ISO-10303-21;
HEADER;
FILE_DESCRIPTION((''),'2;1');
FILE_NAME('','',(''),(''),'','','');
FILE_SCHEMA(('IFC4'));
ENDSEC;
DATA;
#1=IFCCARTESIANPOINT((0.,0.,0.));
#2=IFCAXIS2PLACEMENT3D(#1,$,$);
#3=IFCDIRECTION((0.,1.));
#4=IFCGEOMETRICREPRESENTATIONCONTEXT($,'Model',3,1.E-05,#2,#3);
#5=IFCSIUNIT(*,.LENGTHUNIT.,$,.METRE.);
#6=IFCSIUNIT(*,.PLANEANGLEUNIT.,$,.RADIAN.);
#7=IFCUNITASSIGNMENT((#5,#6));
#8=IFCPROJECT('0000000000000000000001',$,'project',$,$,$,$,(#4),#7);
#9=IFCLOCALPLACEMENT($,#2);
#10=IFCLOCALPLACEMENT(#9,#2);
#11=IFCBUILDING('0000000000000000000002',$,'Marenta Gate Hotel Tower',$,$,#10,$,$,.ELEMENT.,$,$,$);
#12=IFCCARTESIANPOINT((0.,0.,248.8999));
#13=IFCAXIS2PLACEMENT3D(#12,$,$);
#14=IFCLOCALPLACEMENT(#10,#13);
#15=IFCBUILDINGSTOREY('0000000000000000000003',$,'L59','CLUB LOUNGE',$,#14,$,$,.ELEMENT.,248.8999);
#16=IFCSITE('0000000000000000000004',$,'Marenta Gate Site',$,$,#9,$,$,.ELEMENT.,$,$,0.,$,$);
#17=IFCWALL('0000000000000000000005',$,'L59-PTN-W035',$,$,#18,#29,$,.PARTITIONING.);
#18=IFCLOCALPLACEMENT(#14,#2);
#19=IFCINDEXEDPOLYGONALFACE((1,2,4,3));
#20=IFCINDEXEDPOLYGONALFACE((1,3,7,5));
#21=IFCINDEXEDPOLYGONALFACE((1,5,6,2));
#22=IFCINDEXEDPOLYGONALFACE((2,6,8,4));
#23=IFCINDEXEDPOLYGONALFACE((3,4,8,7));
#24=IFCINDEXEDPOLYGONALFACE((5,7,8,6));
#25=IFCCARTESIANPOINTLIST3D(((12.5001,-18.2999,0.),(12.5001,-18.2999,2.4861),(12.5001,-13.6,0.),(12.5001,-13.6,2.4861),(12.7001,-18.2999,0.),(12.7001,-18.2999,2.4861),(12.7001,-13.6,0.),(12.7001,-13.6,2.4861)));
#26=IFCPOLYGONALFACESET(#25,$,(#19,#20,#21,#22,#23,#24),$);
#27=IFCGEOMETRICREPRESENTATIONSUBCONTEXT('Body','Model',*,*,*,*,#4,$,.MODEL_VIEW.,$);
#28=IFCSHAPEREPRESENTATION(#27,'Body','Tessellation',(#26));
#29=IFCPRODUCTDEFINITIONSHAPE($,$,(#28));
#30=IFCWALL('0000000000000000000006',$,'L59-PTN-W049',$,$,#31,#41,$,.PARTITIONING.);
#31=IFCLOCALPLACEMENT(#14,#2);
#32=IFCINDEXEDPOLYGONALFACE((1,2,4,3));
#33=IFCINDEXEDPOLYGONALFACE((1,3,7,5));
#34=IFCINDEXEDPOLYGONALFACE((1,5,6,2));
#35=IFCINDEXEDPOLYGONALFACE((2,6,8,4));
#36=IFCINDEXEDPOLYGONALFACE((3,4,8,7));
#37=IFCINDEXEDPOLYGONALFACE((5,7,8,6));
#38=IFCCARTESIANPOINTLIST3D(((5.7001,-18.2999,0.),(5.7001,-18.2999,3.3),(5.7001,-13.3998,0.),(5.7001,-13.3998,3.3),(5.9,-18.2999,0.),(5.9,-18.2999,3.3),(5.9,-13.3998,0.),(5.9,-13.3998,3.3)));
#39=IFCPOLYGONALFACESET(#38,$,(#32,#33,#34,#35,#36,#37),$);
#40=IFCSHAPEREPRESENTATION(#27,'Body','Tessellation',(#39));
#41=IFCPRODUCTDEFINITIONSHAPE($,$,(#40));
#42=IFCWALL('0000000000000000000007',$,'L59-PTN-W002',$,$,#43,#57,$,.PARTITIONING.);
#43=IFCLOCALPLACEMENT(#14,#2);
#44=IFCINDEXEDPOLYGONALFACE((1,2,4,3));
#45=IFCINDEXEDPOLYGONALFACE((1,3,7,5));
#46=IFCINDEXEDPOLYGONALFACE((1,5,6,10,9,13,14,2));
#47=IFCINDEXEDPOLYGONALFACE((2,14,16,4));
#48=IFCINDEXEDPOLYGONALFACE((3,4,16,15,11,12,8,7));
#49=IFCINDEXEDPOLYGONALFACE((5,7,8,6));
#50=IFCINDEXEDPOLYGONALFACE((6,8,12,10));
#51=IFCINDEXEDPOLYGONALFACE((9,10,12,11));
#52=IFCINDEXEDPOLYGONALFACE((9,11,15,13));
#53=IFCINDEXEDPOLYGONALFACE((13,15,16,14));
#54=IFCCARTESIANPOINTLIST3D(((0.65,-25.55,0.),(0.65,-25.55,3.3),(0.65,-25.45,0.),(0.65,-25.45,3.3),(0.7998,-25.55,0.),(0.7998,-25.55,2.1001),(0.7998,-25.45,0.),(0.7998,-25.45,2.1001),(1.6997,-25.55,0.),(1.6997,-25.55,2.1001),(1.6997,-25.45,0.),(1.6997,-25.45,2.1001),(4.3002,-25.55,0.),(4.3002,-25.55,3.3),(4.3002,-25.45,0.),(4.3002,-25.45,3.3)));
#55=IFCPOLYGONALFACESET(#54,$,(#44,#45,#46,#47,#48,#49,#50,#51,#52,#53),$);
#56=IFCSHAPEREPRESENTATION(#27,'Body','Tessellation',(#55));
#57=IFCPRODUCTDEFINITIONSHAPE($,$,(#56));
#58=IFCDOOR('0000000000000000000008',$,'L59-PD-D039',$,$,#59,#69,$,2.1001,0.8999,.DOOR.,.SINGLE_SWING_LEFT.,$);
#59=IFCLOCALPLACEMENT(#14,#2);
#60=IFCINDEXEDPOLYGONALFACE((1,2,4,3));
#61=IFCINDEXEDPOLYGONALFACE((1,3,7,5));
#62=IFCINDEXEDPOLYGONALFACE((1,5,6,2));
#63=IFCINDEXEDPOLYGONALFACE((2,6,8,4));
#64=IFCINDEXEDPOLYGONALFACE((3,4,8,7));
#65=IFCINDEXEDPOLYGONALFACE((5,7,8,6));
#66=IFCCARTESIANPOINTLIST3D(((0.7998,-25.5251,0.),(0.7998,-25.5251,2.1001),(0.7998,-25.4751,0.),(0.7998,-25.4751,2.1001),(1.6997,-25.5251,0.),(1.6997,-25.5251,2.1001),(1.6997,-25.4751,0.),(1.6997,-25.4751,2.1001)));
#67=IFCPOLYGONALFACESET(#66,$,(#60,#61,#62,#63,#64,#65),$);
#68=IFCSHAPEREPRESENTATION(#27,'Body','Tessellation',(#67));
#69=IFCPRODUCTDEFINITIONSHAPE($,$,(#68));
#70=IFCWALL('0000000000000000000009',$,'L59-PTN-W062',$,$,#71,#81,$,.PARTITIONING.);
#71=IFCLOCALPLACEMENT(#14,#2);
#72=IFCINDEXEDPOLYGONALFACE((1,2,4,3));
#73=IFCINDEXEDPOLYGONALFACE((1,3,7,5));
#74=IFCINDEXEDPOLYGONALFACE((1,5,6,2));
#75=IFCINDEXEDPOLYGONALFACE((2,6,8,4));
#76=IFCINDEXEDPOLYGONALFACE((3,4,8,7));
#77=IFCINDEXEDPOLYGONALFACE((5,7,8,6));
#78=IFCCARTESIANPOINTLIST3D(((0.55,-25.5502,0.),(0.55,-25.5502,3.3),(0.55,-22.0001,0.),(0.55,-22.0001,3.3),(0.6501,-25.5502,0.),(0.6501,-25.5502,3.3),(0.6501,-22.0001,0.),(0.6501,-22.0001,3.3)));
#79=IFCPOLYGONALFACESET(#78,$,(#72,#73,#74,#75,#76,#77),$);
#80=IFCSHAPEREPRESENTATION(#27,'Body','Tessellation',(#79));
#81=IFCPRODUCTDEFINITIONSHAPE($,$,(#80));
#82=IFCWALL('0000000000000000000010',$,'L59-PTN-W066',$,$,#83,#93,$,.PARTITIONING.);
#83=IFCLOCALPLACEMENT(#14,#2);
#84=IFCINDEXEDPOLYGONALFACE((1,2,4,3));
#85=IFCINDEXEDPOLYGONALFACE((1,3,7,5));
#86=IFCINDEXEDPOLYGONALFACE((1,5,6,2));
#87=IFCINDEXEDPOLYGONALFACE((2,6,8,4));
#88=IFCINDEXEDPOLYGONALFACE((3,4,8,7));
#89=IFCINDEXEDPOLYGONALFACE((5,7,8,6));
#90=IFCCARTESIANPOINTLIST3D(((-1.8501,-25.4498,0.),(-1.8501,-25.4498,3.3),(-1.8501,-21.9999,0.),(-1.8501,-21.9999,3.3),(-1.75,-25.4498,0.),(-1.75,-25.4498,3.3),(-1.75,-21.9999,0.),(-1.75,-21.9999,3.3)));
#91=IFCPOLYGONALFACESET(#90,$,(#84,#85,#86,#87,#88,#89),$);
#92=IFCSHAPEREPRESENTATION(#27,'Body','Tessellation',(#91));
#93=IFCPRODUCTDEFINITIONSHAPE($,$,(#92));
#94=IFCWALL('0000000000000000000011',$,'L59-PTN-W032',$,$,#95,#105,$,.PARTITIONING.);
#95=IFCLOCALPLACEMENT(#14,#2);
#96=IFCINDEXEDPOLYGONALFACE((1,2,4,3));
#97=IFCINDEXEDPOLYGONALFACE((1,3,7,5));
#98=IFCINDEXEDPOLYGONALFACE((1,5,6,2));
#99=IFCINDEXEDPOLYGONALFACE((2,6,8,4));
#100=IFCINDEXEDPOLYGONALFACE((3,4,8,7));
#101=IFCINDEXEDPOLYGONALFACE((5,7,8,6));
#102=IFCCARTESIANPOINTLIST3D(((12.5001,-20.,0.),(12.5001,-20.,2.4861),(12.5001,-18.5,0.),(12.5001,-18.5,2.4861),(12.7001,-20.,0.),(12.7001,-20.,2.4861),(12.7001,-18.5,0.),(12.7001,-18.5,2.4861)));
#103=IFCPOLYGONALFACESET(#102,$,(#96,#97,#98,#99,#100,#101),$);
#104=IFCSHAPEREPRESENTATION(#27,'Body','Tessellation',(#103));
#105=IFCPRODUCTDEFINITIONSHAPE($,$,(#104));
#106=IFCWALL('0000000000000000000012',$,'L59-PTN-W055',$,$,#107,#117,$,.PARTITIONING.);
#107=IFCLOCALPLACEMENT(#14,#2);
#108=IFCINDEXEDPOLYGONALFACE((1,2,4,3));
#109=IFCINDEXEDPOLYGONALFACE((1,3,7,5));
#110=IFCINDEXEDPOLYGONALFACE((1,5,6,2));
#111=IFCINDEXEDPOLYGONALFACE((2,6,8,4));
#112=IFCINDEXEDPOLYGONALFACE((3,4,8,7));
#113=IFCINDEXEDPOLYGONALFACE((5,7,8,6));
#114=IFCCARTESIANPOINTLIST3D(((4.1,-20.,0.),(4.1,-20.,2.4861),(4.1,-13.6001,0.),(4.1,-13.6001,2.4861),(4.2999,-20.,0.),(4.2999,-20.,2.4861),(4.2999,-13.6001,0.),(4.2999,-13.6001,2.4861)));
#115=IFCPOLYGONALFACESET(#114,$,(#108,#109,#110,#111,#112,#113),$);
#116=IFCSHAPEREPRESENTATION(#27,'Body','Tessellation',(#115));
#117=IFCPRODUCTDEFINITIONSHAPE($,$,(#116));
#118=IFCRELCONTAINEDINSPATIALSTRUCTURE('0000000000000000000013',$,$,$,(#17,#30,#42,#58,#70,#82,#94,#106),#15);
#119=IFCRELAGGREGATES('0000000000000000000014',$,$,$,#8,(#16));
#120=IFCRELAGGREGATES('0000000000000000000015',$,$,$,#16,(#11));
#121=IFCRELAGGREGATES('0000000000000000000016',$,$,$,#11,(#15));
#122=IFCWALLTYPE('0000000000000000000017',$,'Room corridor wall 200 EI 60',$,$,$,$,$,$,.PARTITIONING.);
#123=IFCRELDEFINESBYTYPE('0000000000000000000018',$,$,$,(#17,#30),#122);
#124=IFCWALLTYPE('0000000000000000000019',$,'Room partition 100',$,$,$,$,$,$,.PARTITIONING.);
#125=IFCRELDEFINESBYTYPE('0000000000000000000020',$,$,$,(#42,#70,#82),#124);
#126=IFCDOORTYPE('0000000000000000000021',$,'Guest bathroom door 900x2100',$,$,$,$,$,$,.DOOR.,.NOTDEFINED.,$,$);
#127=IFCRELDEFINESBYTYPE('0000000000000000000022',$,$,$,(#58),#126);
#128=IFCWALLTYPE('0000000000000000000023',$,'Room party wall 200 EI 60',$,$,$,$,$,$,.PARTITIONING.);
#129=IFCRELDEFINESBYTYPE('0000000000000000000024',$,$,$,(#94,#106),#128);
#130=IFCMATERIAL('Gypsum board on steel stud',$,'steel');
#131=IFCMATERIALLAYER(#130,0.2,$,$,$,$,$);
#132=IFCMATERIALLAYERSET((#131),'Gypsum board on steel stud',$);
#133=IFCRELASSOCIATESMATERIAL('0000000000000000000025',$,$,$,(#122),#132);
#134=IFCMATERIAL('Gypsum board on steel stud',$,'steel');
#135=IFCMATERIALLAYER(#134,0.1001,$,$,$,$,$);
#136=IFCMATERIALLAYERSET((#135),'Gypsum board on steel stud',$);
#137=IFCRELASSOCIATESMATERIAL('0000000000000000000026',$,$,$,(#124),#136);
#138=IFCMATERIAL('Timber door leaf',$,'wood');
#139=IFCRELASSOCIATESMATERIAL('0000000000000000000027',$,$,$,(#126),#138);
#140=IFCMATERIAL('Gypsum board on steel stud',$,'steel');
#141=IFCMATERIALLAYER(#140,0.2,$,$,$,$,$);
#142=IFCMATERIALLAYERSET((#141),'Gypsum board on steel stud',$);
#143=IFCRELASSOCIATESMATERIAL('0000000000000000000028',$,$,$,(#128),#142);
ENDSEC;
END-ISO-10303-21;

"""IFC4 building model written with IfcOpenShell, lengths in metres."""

from ifc_helpers import new_model, si_unit, direction, frame, frame_2d, origin, place, context, subcontext, project, spatial, rectangle, extrude, material, layer, layer_set, type_object, element, fill, save


model = new_model("IFC4")

# Units and contexts
model_context = context("Model", 3, precision=1e-05, world=origin(), true_north=direction((0.0, 1.0)))
body_context = subcontext(model_context, "Body", "Model", "MODEL_VIEW")
ifc_project = project(units=[si_unit("LENGTHUNIT", "METRE"), si_unit("PLANEANGLEUNIT", "RADIAN")], contexts=[model_context])

# Site, building, storey
site_placement = place(None, origin())
site = spatial("IfcSite", under=ifc_project, at=site_placement, Name="Marenta Gate Site", CompositionType="ELEMENT", RefElevation=0.0)
building_placement = place(site_placement, origin())
building = spatial("IfcBuilding", under=site, at=building_placement, Name="Marenta Gate Hotel Tower", CompositionType="ELEMENT")
storey_placement = place(building_placement, frame((0.0, 0.0, 248.8999)))
storey = spatial("IfcBuildingStorey", under=building, at=storey_placement, Name="L59", Description="CLUB LOUNGE", CompositionType="ELEMENT", Elevation=248.8999)

# Shared definitions
ifc_material_1 = material(Name="Gypsum board on steel stud", Category="steel")
ifc_layer_1 = layer(ifc_material_1, 0.2)
ifc_layer_set_1 = layer_set([ifc_layer_1], Name="Gypsum board on steel stud")
wall_type_1 = type_object("IfcWallType", Name="Room corridor wall 200 EI 60", PredefinedType="PARTITIONING", material=ifc_layer_set_1)

# Walls
wall_1_placement = place(storey_placement, frame((12.6001, -18.3, 0.0), z_axis=(0.0, 0.0, 1.0), x_axis=(0.0, 1.0, 0.0)))
element("IfcWall", 1, at=wall_1_placement, inside=storey, type_object=wall_type_1, Name="L59-PTN-W035", PredefinedType="PARTITIONING", context=body_context, shape_type="SweptSolid", body=[
    extrude(rectangle(XDim=4.7, YDim=0.2, at=frame_2d((2.3501, 0.0))), origin(), (0.0, 0.0, 1.0), 2.4861),
])
wall_2_placement = place(storey_placement, frame((5.8, -18.3, 0.0), z_axis=(0.0, 0.0, 1.0), x_axis=(0.0, 1.0, 0.0)))
element("IfcWall", 2, at=wall_2_placement, inside=storey, type_object=wall_type_1, Name="L59-PTN-W049", PredefinedType="PARTITIONING", context=body_context, shape_type="SweptSolid", body=[
    extrude(rectangle(XDim=4.9001, YDim=0.2, at=frame_2d((2.4502, 0.0))), origin(), (0.0, 0.0, 1.0), 3.3),
])

# Wall, opening, door
ifc_material_2 = material(Name="Gypsum board on steel stud", Category="steel")
ifc_layer_2 = layer(ifc_material_2, 0.1001)
ifc_layer_set_2 = layer_set([ifc_layer_2], Name="Gypsum board on steel stud")
wall_type_2 = type_object("IfcWallType", Name="Room partition 100", PredefinedType="PARTITIONING", material=ifc_layer_set_2)
wall_3_placement = place(storey_placement, frame((0.6499, -25.5, 0.0), z_axis=(0.0, 0.0, 1.0), x_axis=(1.0, 0.0, 0.0)))
wall_3 = element("IfcWall", 3, at=wall_3_placement, inside=storey, type_object=wall_type_2, Name="L59-PTN-W002", PredefinedType="PARTITIONING", context=body_context, shape_type="SweptSolid", body=[
    extrude(rectangle(XDim=3.6501, YDim=0.1001, at=frame_2d((1.8252, 0.0))), origin(), (0.0, 0.0, 1.0), 3.3),
])
opening_1_placement = place(wall_3_placement, frame((0.1499, 0.0, 0.0)))
opening_1 = element("IfcOpeningElement", 4, at=opening_1_placement, cuts=wall_3, PredefinedType="OPENING", context=body_context, shape_type="SweptSolid", body=[
    extrude(rectangle(XDim=0.8999, YDim=2.1001, at=frame_2d((0.45, 1.05))), frame((0.0, 0.05, 0.0), z_axis=(0.0, -1.0, 0.0), x_axis=(1.0, 0.0, 0.0)), (0.0, 0.0, 1.0), 0.1001),
])
ifc_material_3 = material(Name="Timber door leaf", Category="wood")
door_type_1 = type_object("IfcDoorType", Name="Guest bathroom door 900x2100", OperationType="NOTDEFINED", PredefinedType="DOOR", material=ifc_material_3)
door_1_placement = place(opening_1_placement, origin())
door_1 = element("IfcDoor", 5, at=door_1_placement, inside=storey, type_object=door_type_1, Name="L59-PD-D039", OperationType="SINGLE_SWING_LEFT", OverallHeight=2.1001, OverallWidth=0.8999, PredefinedType="DOOR", context=body_context, shape_type="SweptSolid", body=[
    extrude(rectangle(XDim=0.8999, YDim=2.1001, at=frame_2d((0.45, 1.05))), frame((0.0, 0.0249, 0.0), z_axis=(0.0, -1.0, 0.0), x_axis=(1.0, 0.0, 0.0)), (0.0, 0.0, 1.0), 0.05),
])
fill(opening_1, door_1)

# Walls
wall_4_placement = place(storey_placement, frame((0.6001, -25.55, 0.0), z_axis=(0.0, 0.0, 1.0), x_axis=(0.0, 1.0, 0.0)))
element("IfcWall", 6, at=wall_4_placement, inside=storey, type_object=wall_type_2, Name="L59-PTN-W062", PredefinedType="PARTITIONING", context=body_context, shape_type="SweptSolid", body=[
    extrude(rectangle(XDim=3.55, YDim=0.1001, at=frame_2d((1.7749, 0.0))), origin(), (0.0, 0.0, 1.0), 3.3),
])
wall_5_placement = place(storey_placement, frame((-1.8, -25.45, 0.0), z_axis=(0.0, 0.0, 1.0), x_axis=(0.0, 1.0, 0.0)))
element("IfcWall", 7, at=wall_5_placement, inside=storey, type_object=wall_type_2, Name="L59-PTN-W066", PredefinedType="PARTITIONING", context=body_context, shape_type="SweptSolid", body=[
    extrude(rectangle(XDim=3.45, YDim=0.1001, at=frame_2d((1.7251, 0.0))), origin(), (0.0, 0.0, 1.0), 3.3),
])
ifc_material_4 = material(Name="Gypsum board on steel stud", Category="steel")
ifc_layer_3 = layer(ifc_material_4, 0.2)
ifc_layer_set_3 = layer_set([ifc_layer_3], Name="Gypsum board on steel stud")
wall_type_3 = type_object("IfcWallType", Name="Room party wall 200 EI 60", PredefinedType="PARTITIONING", material=ifc_layer_set_3)
wall_6_placement = place(storey_placement, frame((12.6001, -20.0, 0.0), z_axis=(0.0, 0.0, 1.0), x_axis=(0.0, 1.0, 0.0)))
element("IfcWall", 8, at=wall_6_placement, inside=storey, type_object=wall_type_3, Name="L59-PTN-W032", PredefinedType="PARTITIONING", context=body_context, shape_type="SweptSolid", body=[
    extrude(rectangle(XDim=1.5, YDim=0.2, at=frame_2d((0.75, 0.0))), origin(), (0.0, 0.0, 1.0), 2.4861),
])
wall_7_placement = place(storey_placement, frame((4.2, -20.0, 0.0), z_axis=(0.0, 0.0, 1.0), x_axis=(0.0, 1.0, 0.0)))
element("IfcWall", 9, at=wall_7_placement, inside=storey, type_object=wall_type_3, Name="L59-PTN-W055", PredefinedType="PARTITIONING", context=body_context, shape_type="SweptSolid", body=[
    extrude(rectangle(XDim=6.3999, YDim=0.2, at=frame_2d((3.2, 0.0))), origin(), (0.0, 0.0, 1.0), 2.4861),
])

save(model, "model.ifc")
